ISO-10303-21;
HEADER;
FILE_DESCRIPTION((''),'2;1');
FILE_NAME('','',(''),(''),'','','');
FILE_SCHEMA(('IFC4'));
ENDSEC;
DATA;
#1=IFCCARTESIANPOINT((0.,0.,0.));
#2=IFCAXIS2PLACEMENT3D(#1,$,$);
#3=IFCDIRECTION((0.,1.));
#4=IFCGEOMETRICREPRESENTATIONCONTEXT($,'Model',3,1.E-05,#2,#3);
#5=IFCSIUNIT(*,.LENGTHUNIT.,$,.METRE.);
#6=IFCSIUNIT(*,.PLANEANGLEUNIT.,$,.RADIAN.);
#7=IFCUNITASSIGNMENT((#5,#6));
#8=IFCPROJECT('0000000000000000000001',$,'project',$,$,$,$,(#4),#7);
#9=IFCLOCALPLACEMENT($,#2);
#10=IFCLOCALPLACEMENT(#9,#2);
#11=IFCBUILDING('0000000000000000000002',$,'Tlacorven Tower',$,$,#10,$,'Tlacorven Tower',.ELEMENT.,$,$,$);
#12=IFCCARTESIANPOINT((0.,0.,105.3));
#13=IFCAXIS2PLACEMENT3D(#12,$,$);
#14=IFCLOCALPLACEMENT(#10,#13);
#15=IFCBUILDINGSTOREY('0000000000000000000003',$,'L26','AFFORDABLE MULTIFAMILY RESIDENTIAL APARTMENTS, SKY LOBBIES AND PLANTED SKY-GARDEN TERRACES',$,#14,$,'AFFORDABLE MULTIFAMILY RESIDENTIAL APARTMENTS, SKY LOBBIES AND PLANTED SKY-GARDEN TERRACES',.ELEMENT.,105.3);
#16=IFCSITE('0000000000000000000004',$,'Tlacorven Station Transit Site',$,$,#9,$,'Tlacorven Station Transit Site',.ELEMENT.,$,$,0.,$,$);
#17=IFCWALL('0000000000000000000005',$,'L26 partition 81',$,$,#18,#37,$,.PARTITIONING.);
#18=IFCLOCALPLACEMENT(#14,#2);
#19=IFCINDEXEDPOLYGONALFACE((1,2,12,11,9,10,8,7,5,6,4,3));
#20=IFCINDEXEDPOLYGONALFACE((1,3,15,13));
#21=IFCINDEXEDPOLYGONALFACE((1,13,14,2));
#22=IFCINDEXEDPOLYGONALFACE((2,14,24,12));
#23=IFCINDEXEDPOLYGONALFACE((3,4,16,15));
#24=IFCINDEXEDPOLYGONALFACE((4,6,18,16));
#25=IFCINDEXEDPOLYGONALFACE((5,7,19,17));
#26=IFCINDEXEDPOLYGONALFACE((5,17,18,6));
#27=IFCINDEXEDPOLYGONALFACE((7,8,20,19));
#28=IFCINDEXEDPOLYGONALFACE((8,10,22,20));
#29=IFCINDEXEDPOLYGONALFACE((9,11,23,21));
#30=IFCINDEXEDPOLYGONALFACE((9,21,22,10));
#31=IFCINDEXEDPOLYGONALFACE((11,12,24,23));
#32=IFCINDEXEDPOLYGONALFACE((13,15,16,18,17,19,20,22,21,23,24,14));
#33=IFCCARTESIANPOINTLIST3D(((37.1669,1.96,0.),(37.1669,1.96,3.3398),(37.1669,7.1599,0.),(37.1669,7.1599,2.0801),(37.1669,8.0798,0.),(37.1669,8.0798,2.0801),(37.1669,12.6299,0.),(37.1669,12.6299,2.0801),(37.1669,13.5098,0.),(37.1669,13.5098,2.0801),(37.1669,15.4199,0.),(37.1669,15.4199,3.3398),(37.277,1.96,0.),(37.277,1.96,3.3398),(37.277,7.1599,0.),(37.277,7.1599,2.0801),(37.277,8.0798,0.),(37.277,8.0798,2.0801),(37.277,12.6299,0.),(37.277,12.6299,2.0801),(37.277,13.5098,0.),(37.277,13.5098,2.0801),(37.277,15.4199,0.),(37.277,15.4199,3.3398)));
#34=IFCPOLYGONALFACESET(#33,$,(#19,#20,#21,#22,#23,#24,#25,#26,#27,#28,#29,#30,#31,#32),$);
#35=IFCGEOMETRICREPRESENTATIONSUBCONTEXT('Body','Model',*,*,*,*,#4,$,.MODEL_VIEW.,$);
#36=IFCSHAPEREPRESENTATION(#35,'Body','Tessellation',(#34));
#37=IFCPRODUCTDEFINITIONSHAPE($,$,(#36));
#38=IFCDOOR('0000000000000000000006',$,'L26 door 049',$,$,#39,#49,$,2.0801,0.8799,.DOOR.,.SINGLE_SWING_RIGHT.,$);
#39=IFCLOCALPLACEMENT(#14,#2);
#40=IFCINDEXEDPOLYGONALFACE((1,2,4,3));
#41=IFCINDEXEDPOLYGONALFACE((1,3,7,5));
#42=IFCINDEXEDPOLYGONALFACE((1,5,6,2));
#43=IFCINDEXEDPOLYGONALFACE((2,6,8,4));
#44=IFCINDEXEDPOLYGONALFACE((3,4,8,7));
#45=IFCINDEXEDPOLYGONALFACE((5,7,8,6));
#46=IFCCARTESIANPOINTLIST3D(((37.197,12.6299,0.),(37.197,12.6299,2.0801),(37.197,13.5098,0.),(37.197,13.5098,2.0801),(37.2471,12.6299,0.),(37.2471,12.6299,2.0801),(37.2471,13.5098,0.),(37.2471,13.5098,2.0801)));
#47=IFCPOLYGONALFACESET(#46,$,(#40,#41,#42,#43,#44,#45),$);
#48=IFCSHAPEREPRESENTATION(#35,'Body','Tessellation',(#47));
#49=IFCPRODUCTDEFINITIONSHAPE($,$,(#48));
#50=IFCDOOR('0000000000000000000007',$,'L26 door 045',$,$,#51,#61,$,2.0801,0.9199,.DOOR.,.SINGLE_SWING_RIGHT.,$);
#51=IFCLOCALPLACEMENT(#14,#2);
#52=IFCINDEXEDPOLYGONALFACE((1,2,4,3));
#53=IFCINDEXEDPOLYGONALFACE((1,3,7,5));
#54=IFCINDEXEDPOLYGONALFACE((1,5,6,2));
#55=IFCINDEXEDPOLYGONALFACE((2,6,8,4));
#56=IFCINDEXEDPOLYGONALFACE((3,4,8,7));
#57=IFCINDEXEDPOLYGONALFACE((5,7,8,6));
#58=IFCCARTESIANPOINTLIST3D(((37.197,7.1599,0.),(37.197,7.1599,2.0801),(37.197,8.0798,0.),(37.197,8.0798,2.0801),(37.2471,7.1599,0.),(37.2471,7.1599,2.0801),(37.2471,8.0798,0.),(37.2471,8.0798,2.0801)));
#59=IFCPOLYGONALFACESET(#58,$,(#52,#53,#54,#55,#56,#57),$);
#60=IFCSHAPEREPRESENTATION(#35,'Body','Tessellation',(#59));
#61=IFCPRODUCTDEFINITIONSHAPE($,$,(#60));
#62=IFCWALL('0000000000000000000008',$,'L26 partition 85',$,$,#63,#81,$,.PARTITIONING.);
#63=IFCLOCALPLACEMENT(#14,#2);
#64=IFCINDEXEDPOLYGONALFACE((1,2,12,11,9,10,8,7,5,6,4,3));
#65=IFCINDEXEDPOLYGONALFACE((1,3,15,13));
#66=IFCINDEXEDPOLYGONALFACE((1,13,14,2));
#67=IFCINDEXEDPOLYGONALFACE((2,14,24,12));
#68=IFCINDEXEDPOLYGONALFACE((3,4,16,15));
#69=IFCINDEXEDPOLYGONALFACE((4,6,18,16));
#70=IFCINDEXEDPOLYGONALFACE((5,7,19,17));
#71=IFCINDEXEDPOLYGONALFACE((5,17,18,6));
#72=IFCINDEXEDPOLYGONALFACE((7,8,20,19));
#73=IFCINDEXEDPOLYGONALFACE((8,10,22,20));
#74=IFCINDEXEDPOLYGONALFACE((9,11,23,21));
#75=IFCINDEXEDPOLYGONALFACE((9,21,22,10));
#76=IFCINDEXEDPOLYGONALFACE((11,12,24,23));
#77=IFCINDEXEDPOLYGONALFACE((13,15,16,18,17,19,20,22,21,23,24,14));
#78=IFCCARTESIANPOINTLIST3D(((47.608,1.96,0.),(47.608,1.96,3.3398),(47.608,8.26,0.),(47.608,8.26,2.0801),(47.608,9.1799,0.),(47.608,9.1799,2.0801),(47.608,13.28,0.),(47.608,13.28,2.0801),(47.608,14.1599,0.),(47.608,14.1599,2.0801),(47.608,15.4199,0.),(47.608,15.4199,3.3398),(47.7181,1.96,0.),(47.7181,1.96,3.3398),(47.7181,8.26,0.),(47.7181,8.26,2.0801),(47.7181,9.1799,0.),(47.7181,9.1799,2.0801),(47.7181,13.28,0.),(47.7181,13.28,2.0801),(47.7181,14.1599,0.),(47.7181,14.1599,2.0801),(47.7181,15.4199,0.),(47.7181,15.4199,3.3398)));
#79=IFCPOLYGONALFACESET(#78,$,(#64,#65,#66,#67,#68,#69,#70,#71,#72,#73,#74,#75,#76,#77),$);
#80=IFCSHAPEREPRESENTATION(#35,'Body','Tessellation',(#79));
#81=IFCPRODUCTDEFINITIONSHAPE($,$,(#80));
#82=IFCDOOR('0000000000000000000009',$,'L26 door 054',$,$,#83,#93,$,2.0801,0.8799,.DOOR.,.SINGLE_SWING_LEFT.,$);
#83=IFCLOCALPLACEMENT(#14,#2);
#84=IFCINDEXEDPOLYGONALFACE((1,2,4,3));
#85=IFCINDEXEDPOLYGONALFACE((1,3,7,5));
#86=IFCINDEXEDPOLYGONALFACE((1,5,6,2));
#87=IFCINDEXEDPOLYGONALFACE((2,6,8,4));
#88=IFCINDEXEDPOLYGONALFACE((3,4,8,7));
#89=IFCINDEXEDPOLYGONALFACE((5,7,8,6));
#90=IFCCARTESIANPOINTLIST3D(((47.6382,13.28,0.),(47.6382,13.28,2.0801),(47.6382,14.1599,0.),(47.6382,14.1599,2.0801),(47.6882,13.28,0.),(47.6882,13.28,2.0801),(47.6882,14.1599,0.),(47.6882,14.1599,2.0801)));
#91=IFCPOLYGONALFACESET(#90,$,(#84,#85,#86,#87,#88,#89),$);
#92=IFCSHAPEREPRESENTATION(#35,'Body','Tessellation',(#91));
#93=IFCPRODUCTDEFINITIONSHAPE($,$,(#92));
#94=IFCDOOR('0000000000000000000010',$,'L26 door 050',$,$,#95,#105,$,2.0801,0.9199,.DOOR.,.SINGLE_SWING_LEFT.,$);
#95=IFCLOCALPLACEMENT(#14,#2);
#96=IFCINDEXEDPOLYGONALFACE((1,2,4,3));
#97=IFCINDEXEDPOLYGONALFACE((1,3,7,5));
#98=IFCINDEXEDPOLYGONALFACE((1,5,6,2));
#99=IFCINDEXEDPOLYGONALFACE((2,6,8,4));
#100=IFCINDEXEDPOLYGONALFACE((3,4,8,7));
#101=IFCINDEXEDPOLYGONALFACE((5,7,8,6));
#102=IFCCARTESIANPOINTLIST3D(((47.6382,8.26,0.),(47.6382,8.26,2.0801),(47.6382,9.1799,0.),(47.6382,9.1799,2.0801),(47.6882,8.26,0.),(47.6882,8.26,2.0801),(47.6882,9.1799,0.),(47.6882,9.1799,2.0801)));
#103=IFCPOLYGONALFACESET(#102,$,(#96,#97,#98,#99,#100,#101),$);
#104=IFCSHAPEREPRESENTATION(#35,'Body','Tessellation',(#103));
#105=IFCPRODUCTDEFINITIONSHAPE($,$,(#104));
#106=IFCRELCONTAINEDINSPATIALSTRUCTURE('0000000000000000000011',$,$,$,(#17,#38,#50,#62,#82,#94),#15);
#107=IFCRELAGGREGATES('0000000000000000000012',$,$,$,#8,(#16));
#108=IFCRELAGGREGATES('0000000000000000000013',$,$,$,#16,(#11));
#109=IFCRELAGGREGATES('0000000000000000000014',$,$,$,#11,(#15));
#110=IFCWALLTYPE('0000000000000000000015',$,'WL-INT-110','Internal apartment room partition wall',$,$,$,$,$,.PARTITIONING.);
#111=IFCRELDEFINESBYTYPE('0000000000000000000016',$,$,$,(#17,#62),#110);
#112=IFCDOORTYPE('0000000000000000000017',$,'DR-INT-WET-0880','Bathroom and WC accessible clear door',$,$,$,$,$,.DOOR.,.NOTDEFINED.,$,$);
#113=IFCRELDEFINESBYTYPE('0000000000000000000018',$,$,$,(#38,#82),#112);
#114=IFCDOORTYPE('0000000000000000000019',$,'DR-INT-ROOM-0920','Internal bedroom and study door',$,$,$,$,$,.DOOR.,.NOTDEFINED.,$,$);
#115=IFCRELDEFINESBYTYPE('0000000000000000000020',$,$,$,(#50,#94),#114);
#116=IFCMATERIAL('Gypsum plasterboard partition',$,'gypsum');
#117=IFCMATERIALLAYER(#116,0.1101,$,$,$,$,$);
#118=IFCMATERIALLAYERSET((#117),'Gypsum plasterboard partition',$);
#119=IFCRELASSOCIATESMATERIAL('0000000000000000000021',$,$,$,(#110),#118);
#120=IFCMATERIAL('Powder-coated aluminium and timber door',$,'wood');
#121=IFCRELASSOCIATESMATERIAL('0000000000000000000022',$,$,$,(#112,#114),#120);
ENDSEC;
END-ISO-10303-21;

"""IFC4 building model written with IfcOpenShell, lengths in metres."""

from ifc_helpers import new_model, si_unit, direction, frame, frame_2d, origin, place, context, subcontext, project, spatial, rectangle, extrude, source, transform, mapped, material, layer, layer_set, type_object, element, fill, save


model = new_model("IFC4")

# Units and contexts
model_context = context("Model", 3, precision=1e-05, world=origin(), true_north=direction((0.0, 1.0)))
body_context = subcontext(model_context, "Body", "Model", "MODEL_VIEW")
ifc_project = project(units=[si_unit("LENGTHUNIT", "METRE"), si_unit("PLANEANGLEUNIT", "RADIAN")], contexts=[model_context])

# Site, building, storey
site_placement = place(None, origin())
site = spatial("IfcSite", under=ifc_project, at=site_placement, Name="Tlacorven Station Transit Site", LongName="Tlacorven Station Transit Site", CompositionType="ELEMENT", RefElevation=0.0)
building_placement = place(site_placement, origin())
building = spatial("IfcBuilding", under=site, at=building_placement, Name="Tlacorven Tower", LongName="Tlacorven Tower", CompositionType="ELEMENT")
storey_placement = place(building_placement, frame((0.0, 0.0, 105.3)))
storey = spatial("IfcBuildingStorey", under=building, at=storey_placement, Name="L26", Description="AFFORDABLE MULTIFAMILY RESIDENTIAL APARTMENTS, SKY LOBBIES AND PLANTED SKY-GARDEN TERRACES", LongName="AFFORDABLE MULTIFAMILY RESIDENTIAL APARTMENTS, SKY LOBBIES AND PLANTED SKY-GARDEN TERRACES", CompositionType="ELEMENT", Elevation=105.3)

# Walls, openings, doors
ifc_material_1 = material(Name="Gypsum plasterboard partition", Category="gypsum")
ifc_layer_1 = layer(ifc_material_1, 0.1101)
ifc_layer_set_1 = layer_set([ifc_layer_1], Name="Gypsum plasterboard partition")
wall_type_1 = type_object("IfcWallType", Name="WL-INT-110", Description="Internal apartment room partition wall", PredefinedType="PARTITIONING", material=ifc_layer_set_1)
wall_1_placement = place(storey_placement, frame((37.2219, 1.96, 0.0), z_axis=(0.0, 0.0, 1.0), x_axis=(0.0, 1.0, 0.0)))
wall_1 = element("IfcWall", 1, at=wall_1_placement, inside=storey, type_object=wall_type_1, Name="L26 partition 81", PredefinedType="PARTITIONING", context=body_context, shape_type="SweptSolid", body=[
    extrude(rectangle(XDim=13.46, YDim=0.1101, at=frame_2d((6.73, 0.0))), origin(), (0.0, 0.0, 1.0), 3.3398),
])
opening_1_placement = place(wall_1_placement, frame((5.2, 0.0, 0.0)))
opening_1 = element("IfcOpeningElement", 2, at=opening_1_placement, cuts=wall_1, PredefinedType="OPENING", context=body_context, shape_type="SweptSolid", body=[
    extrude(rectangle(XDim=0.9199, YDim=2.0801, at=frame_2d((0.46, 1.04))), frame((0.0, 0.0649, 0.0), z_axis=(0.0, -1.0, 0.0), x_axis=(1.0, 0.0, 0.0)), (0.0, 0.0, 1.0), 0.1301),
])
opening_2_placement = place(wall_1_placement, frame((10.6699, 0.0, 0.0)))
opening_2 = element("IfcOpeningElement", 3, at=opening_2_placement, cuts=wall_1, PredefinedType="OPENING", context=body_context, shape_type="SweptSolid", body=[
    extrude(rectangle(XDim=0.8799, YDim=2.0801, at=frame_2d((0.4399, 1.04))), frame((0.0, 0.0649, 0.0), z_axis=(0.0, -1.0, 0.0), x_axis=(1.0, 0.0, 0.0)), (0.0, 0.0, 1.0), 0.1301),
])
ifc_material_2 = material(Name="Powder-coated aluminium and timber door", Category="wood")
door_type_1 = type_object("IfcDoorType", Name="DR-INT-WET-0880", Description="Bathroom and WC accessible clear door", OperationType="NOTDEFINED", PredefinedType="DOOR", material=ifc_material_2)
shared_shape_1 = source(origin(), body_context, "Body", "SweptSolid", [
    extrude(rectangle(XDim=0.8799, YDim=2.0801, at=frame_2d((0.4399, 1.04))), frame((0.0, 0.0249, 0.0), z_axis=(0.0, -1.0, 0.0), x_axis=(1.0, 0.0, 0.0)), (0.0, 0.0, 1.0), 0.05),
])
door_1_placement = place(opening_2_placement, origin())
door_1 = element("IfcDoor", 4, at=door_1_placement, inside=storey, type_object=door_type_1, Name="L26 door 049", OperationType="SINGLE_SWING_RIGHT", OverallHeight=2.0801, OverallWidth=0.8799, PredefinedType="DOOR", context=body_context, shape_type="MappedRepresentation", body=[
    mapped(shared_shape_1, transform((0.0, 0.0, 0.0), scale=1.0)),
])
fill(opening_2, door_1)
door_type_2 = type_object("IfcDoorType", Name="DR-INT-ROOM-0920", Description="Internal bedroom and study door", OperationType="NOTDEFINED", PredefinedType="DOOR", material=ifc_material_2)
shared_shape_2 = source(origin(), body_context, "Body", "SweptSolid", [
    extrude(rectangle(XDim=0.9199, YDim=2.0801, at=frame_2d((0.46, 1.04))), frame((0.0, 0.0249, 0.0), z_axis=(0.0, -1.0, 0.0), x_axis=(1.0, 0.0, 0.0)), (0.0, 0.0, 1.0), 0.05),
])
door_2_placement = place(opening_1_placement, origin())
door_2 = element("IfcDoor", 5, at=door_2_placement, inside=storey, type_object=door_type_2, Name="L26 door 045", OperationType="SINGLE_SWING_RIGHT", OverallHeight=2.0801, OverallWidth=0.9199, PredefinedType="DOOR", context=body_context, shape_type="MappedRepresentation", body=[
    mapped(shared_shape_2, transform((0.0, 0.0, 0.0), scale=1.0)),
])
fill(opening_1, door_2)
wall_2_placement = place(storey_placement, frame((47.6631, 1.96, 0.0), z_axis=(0.0, 0.0, 1.0), x_axis=(0.0, 1.0, 0.0)))
wall_2 = element("IfcWall", 6, at=wall_2_placement, inside=storey, type_object=wall_type_1, Name="L26 partition 85", PredefinedType="PARTITIONING", context=body_context, shape_type="SweptSolid", body=[
    extrude(rectangle(XDim=13.46, YDim=0.1101, at=frame_2d((6.73, 0.0))), origin(), (0.0, 0.0, 1.0), 3.3398),
])
opening_3_placement = place(wall_2_placement, frame((6.3, 0.0, 0.0)))
opening_3 = element("IfcOpeningElement", 7, at=opening_3_placement, cuts=wall_2, PredefinedType="OPENING", context=body_context, shape_type="SweptSolid", body=[
    extrude(rectangle(XDim=0.9199, YDim=2.0801, at=frame_2d((0.46, 1.04))), frame((0.0, 0.0649, 0.0), z_axis=(0.0, -1.0, 0.0), x_axis=(1.0, 0.0, 0.0)), (0.0, 0.0, 1.0), 0.1301),
])
opening_4_placement = place(wall_2_placement, frame((11.3201, 0.0, 0.0)))
opening_4 = element("IfcOpeningElement", 8, at=opening_4_placement, cuts=wall_2, PredefinedType="OPENING", context=body_context, shape_type="SweptSolid", body=[
    extrude(rectangle(XDim=0.8799, YDim=2.0801, at=frame_2d((0.4399, 1.04))), frame((0.0, 0.0649, 0.0), z_axis=(0.0, -1.0, 0.0), x_axis=(1.0, 0.0, 0.0)), (0.0, 0.0, 1.0), 0.1301),
])
door_3_placement = place(opening_4_placement, origin())
door_3 = element("IfcDoor", 9, at=door_3_placement, inside=storey, type_object=door_type_1, Name="L26 door 054", OperationType="SINGLE_SWING_LEFT", OverallHeight=2.0801, OverallWidth=0.8799, PredefinedType="DOOR", context=body_context, shape_type="MappedRepresentation", body=[
    mapped(shared_shape_1, transform((0.0, 0.0, 0.0), scale=1.0)),
])
fill(opening_4, door_3)
door_4_placement = place(opening_3_placement, origin())
door_4 = element("IfcDoor", 10, at=door_4_placement, inside=storey, type_object=door_type_2, Name="L26 door 050", OperationType="SINGLE_SWING_LEFT", OverallHeight=2.0801, OverallWidth=0.9199, PredefinedType="DOOR", context=body_context, shape_type="MappedRepresentation", body=[
    mapped(shared_shape_2, transform((0.0, 0.0, 0.0), scale=1.0)),
])
fill(opening_3, door_4)

save(model, "model.ifc")
